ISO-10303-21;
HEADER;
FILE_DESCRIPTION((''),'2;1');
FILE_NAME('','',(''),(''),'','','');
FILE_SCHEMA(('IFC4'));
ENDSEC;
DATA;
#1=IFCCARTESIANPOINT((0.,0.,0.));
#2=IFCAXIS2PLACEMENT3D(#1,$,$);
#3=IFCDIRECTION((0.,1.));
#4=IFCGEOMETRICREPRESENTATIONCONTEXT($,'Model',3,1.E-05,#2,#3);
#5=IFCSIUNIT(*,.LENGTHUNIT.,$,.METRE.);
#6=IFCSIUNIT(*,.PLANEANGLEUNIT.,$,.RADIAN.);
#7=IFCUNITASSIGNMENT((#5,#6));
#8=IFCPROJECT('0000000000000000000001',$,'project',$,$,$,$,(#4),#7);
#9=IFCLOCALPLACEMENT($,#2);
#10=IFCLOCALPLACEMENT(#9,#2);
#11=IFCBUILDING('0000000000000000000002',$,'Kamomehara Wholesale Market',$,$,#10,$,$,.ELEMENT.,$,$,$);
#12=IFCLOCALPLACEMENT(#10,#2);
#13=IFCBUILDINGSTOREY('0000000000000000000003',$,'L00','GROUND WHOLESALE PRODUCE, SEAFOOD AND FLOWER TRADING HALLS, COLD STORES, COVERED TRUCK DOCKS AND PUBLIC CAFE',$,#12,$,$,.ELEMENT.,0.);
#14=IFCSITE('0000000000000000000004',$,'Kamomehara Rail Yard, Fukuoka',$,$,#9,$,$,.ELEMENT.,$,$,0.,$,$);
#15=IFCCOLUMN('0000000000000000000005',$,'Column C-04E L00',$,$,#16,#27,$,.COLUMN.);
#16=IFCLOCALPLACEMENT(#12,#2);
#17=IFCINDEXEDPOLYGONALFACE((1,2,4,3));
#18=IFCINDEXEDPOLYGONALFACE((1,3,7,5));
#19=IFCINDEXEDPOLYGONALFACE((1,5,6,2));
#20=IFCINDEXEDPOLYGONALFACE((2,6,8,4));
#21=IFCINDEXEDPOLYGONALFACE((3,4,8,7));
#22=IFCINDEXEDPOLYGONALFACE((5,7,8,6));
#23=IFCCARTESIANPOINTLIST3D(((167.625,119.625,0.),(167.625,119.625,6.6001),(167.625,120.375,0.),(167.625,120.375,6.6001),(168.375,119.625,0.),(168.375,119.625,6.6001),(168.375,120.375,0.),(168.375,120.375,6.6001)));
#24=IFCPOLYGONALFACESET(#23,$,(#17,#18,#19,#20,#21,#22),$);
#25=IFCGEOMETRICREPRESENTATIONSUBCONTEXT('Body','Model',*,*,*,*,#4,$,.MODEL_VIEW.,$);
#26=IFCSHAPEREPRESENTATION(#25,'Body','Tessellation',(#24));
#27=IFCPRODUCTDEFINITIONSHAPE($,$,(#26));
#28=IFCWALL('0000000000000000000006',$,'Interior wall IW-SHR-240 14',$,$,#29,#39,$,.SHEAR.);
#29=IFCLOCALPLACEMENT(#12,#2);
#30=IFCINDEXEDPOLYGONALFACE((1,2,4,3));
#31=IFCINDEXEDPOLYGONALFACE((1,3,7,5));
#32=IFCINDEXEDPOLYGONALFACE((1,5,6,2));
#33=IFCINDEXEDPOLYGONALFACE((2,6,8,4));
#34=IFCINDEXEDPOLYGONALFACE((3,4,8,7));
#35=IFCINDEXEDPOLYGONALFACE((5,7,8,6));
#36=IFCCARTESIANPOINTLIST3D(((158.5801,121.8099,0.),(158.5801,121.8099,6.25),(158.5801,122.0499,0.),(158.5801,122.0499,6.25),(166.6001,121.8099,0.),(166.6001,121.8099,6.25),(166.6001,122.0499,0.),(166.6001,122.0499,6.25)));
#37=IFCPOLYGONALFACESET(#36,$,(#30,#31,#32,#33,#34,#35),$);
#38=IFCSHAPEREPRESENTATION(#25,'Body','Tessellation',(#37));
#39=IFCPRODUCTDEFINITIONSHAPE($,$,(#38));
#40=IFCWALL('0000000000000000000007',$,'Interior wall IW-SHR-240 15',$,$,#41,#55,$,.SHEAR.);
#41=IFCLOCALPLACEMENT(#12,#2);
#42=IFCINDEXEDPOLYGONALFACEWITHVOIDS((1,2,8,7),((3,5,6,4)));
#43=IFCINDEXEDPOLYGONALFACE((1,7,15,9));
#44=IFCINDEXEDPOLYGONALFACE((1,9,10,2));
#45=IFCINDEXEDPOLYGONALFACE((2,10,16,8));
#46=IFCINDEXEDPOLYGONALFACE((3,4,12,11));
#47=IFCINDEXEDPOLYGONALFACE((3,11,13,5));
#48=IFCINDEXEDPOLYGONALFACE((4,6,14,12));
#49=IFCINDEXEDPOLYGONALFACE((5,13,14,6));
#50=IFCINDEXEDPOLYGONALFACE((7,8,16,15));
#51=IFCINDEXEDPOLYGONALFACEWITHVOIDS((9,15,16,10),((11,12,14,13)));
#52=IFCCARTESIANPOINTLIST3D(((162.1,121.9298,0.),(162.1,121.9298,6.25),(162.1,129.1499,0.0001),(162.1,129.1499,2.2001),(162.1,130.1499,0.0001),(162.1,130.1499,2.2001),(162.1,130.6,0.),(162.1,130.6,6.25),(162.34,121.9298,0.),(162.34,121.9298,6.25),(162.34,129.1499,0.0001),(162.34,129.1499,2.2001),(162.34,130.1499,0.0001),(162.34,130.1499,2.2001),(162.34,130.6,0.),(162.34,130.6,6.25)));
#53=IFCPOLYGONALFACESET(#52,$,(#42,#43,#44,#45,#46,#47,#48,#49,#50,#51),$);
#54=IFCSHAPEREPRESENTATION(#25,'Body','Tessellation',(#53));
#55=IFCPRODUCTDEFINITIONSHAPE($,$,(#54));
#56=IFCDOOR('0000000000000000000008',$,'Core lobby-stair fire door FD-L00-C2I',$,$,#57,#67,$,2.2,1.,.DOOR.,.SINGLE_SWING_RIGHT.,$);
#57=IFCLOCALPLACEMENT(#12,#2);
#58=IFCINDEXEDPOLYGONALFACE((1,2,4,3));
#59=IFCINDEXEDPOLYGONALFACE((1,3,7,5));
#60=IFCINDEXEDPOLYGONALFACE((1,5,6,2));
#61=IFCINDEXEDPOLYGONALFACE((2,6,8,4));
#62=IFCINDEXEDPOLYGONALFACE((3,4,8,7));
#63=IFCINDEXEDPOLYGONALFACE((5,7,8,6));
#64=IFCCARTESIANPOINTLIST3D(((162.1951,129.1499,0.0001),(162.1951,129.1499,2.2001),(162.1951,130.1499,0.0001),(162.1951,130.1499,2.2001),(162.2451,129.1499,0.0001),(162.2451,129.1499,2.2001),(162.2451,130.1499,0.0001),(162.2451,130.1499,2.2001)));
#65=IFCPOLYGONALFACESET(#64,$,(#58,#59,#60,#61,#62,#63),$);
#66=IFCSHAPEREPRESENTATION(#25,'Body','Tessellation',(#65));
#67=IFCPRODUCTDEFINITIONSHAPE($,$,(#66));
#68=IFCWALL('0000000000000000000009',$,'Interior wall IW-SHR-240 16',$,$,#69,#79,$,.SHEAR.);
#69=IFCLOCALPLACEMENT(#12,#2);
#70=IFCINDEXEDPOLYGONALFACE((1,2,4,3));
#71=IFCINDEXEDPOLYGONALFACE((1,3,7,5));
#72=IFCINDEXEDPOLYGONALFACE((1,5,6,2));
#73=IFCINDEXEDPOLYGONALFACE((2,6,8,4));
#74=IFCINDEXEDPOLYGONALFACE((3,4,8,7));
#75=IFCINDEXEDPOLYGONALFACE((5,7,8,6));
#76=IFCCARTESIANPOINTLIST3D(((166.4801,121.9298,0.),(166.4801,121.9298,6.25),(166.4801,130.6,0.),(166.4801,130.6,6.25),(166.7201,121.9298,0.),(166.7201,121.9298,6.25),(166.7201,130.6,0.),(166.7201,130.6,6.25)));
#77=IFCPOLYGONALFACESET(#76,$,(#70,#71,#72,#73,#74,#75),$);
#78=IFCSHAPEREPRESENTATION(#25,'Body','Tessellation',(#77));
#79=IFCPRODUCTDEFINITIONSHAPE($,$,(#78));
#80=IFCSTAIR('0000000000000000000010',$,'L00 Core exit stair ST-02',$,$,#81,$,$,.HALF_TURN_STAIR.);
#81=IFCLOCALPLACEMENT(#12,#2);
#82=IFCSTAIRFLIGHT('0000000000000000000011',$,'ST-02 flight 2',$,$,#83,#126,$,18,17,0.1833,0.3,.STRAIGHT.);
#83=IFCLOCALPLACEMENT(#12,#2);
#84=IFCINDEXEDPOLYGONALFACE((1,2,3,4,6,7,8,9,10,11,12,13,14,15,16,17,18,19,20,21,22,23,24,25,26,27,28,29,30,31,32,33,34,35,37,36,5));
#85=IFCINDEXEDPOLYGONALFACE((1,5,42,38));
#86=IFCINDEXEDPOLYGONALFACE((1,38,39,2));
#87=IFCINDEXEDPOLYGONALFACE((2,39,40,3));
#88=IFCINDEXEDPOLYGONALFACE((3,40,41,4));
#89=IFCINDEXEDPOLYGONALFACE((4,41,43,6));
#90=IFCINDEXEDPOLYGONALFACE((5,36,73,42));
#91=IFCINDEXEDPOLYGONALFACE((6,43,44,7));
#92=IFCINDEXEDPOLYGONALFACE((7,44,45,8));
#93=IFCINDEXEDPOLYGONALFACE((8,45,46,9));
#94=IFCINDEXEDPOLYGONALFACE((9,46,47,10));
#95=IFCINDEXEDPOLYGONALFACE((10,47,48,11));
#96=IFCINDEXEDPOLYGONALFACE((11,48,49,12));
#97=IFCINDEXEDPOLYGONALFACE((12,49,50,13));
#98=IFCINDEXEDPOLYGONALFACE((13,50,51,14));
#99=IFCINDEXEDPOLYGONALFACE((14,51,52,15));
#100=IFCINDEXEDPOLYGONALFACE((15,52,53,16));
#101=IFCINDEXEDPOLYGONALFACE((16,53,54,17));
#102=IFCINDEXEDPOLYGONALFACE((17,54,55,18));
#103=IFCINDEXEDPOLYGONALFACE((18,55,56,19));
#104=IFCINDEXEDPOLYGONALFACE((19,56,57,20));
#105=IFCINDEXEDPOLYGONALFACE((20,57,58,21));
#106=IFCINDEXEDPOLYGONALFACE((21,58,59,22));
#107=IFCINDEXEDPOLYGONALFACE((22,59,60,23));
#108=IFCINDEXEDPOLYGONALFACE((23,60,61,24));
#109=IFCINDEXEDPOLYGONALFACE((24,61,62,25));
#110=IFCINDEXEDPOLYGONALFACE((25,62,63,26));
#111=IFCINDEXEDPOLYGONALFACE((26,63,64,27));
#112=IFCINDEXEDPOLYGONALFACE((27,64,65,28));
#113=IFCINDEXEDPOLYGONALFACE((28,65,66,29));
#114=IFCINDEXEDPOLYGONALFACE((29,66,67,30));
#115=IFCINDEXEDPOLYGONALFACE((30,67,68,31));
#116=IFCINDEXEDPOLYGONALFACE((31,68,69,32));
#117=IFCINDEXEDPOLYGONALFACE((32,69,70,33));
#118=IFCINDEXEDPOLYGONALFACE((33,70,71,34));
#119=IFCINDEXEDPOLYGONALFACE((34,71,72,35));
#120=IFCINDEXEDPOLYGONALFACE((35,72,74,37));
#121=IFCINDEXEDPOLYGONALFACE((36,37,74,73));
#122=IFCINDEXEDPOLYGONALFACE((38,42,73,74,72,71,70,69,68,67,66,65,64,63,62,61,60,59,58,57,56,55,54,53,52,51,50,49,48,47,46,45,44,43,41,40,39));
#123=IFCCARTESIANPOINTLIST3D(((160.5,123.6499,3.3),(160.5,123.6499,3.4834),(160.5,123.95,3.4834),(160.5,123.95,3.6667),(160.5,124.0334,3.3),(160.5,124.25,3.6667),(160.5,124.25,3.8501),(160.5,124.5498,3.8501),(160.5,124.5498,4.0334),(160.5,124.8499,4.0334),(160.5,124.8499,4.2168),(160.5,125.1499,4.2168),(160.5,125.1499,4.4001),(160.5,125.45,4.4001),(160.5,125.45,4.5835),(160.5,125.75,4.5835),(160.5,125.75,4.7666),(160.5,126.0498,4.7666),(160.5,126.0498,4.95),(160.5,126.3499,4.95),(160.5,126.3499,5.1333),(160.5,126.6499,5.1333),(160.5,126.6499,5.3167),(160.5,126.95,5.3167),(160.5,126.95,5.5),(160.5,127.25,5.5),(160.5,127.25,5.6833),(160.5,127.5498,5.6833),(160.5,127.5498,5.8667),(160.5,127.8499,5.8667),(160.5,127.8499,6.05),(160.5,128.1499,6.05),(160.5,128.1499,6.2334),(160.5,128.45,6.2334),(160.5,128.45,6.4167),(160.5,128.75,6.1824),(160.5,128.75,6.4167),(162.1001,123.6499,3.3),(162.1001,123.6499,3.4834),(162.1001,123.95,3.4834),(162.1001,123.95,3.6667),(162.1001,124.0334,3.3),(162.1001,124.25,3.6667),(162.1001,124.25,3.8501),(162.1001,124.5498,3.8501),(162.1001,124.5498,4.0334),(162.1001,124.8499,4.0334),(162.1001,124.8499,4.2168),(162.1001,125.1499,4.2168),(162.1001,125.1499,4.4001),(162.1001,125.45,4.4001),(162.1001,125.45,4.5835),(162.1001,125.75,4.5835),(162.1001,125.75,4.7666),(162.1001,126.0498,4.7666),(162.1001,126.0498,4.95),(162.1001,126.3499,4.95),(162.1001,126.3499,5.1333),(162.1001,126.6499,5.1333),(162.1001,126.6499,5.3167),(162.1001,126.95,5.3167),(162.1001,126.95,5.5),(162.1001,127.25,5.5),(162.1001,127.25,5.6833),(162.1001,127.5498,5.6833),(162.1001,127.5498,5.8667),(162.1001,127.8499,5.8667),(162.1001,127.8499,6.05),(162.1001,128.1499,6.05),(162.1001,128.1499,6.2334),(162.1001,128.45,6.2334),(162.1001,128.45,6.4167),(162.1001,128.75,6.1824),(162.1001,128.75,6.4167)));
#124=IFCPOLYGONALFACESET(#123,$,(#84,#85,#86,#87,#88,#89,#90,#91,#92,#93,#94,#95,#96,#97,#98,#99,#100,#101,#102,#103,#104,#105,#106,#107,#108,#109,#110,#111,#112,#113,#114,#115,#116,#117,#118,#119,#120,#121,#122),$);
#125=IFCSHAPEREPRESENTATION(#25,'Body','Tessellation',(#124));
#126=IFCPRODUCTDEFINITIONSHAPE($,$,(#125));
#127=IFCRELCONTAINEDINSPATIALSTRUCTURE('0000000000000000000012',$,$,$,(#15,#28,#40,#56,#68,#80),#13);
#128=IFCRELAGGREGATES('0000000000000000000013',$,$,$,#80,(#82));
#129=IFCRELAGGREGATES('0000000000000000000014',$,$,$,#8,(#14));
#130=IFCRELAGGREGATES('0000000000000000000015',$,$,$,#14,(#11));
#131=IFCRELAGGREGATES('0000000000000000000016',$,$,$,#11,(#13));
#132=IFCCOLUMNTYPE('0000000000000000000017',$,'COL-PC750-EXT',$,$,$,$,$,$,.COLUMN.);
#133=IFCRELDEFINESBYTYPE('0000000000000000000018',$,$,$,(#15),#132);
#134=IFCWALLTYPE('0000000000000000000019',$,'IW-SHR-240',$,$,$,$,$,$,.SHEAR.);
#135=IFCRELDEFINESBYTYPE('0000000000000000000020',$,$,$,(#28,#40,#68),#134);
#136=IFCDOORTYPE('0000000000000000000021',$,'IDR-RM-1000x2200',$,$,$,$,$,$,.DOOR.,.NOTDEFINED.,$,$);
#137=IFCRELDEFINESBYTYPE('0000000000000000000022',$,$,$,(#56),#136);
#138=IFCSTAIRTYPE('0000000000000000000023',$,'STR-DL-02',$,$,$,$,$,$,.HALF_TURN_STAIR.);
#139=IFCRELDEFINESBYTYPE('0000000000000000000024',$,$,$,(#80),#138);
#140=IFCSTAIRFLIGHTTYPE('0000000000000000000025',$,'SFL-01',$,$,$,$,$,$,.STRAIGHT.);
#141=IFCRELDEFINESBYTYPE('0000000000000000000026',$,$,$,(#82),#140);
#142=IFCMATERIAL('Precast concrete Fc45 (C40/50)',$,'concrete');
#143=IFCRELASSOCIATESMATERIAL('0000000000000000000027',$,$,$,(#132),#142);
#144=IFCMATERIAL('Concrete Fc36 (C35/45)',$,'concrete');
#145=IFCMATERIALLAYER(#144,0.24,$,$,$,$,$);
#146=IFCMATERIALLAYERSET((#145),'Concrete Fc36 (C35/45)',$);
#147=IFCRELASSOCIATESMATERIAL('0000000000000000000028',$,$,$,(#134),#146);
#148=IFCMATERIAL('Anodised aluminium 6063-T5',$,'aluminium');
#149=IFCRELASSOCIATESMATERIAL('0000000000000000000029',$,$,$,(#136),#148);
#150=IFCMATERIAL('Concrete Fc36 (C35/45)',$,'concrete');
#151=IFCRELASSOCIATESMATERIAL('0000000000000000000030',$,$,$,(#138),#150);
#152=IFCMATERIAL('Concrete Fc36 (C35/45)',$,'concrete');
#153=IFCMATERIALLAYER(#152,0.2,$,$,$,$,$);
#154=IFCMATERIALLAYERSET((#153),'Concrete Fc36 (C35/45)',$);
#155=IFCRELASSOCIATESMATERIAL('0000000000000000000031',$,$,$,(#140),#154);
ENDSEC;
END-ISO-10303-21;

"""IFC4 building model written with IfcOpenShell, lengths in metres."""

from ifc_helpers import new_model, si_unit, direction, frame, frame_2d, origin, origin_2d, place, context, subcontext, project, spatial, polyline, rectangle, outline, extrude, material, layer, layer_set, material_profile, profile_set, type_object, element, fill, aggregate, save


model = new_model("IFC4")

# Units and contexts
model_context = context("Model", 3, precision=1e-05, world=origin(), true_north=direction((0.0, 1.0)))
body_context = subcontext(model_context, "Body", "Model", "MODEL_VIEW")
ifc_project = project(units=[si_unit("LENGTHUNIT", "METRE"), si_unit("PLANEANGLEUNIT", "RADIAN")], contexts=[model_context])

# Site, building, storey
site_placement = place(None, origin())
site = spatial("IfcSite", under=ifc_project, at=site_placement, Name="Kamomehara Rail Yard, Fukuoka", CompositionType="ELEMENT", RefElevation=0.0)
building_placement = place(site_placement, origin())
building = spatial("IfcBuilding", under=site, at=building_placement, Name="Kamomehara Wholesale Market", CompositionType="ELEMENT")
storey_placement = place(building_placement, origin())
storey = spatial("IfcBuildingStorey", under=building, at=storey_placement, Name="L00", Description="GROUND WHOLESALE PRODUCE, SEAFOOD AND FLOWER TRADING HALLS, COLD STORES, COVERED TRUCK DOCKS AND PUBLIC CAFE", CompositionType="ELEMENT", Elevation=0.0)

# Column
ifc_material_1 = material(Name="Precast concrete Fc45 (C40/50)", Category="concrete")
ifc_material_profile_1 = material_profile(ifc_material_1, rectangle(XDim=0.75, YDim=0.75, at=origin_2d()), Name="PC-COL-750x750")
ifc_profile_set_1 = profile_set([ifc_material_profile_1], Name="Precast concrete Fc45 (C40/50)")
column_type = type_object("IfcColumnType", Name="COL-PC750-EXT", PredefinedType="COLUMN", material=ifc_profile_set_1)
column_placement = place(storey_placement, frame((168.0, 120.0, 0.0), z_axis=(0.0, 0.0, 1.0), x_axis=(1.0, 0.0, 0.0)))
element("IfcColumn", 1, at=column_placement, inside=storey, type_object=column_type, Name="Column C-04E L00", PredefinedType="COLUMN", context=body_context, shape_type="SweptSolid", body=[
    extrude(rectangle(XDim=0.75, YDim=0.75, at=origin_2d()), origin(), (0.0, 0.0, 1.0), 6.6001),
])

# Wall
ifc_material_2 = material(Name="Concrete Fc36 (C35/45)", Category="concrete")
ifc_layer_1 = layer(ifc_material_2, 0.24)
ifc_layer_set_1 = layer_set([ifc_layer_1], Name="Concrete Fc36 (C35/45)")
wall_type = type_object("IfcWallType", Name="IW-SHR-240", PredefinedType="SHEAR", material=ifc_layer_set_1)
wall_1_placement = place(storey_placement, frame((158.5801, 121.9299, 0.0), z_axis=(0.0, 0.0, 1.0), x_axis=(1.0, 0.0, 0.0)))
element("IfcWall", 2, at=wall_1_placement, inside=storey, type_object=wall_type, Name="Interior wall IW-SHR-240 14", PredefinedType="SHEAR", context=body_context, shape_type="SweptSolid", body=[
    extrude(rectangle(XDim=8.02, YDim=0.24, at=frame_2d((4.01, 0.0))), origin(), (0.0, 0.0, 1.0), 6.25),
])

# Wall, opening, door
wall_2_placement = place(storey_placement, frame((162.22, 121.9299, 0.0), z_axis=(0.0, 0.0, 1.0), x_axis=(0.0, 1.0, 0.0)))
wall_2 = element("IfcWall", 3, at=wall_2_placement, inside=storey, type_object=wall_type, Name="Interior wall IW-SHR-240 15", PredefinedType="SHEAR", context=body_context, shape_type="SweptSolid", body=[
    extrude(rectangle(XDim=8.6702, YDim=0.24, at=frame_2d((4.335, 0.0))), origin(), (0.0, 0.0, 1.0), 6.25),
])
opening_placement = place(wall_2_placement, frame((7.22, 0.0, 0.0)))
opening = element("IfcOpeningElement", 4, at=opening_placement, cuts=wall_2, PredefinedType="OPENING", context=body_context, shape_type="SweptSolid", body=[
    extrude(rectangle(XDim=1.0, YDim=2.2, at=frame_2d((0.5, 1.1001))), frame((0.0, 0.1348, 0.0), z_axis=(0.0, -1.0, 0.0), x_axis=(1.0, 0.0, 0.0)), (0.0, 0.0, 1.0), 0.2698),
])
ifc_material_3 = material(Name="Anodised aluminium 6063-T5", Category="aluminium")
door_type = type_object("IfcDoorType", Name="IDR-RM-1000x2200", OperationType="NOTDEFINED", PredefinedType="DOOR", material=ifc_material_3)
door_placement = place(opening_placement, origin())
door = element("IfcDoor", 5, at=door_placement, inside=storey, type_object=door_type, Name="Core lobby-stair fire door FD-L00-C2I", OperationType="SINGLE_SWING_RIGHT", OverallHeight=2.2, OverallWidth=1.0, PredefinedType="DOOR", context=body_context, shape_type="SweptSolid", body=[
    extrude(rectangle(XDim=1.0, YDim=2.2, at=frame_2d((0.5, 1.1001))), frame((0.0, 0.0249, 0.0), z_axis=(0.0, -1.0, 0.0), x_axis=(1.0, 0.0, 0.0)), (0.0, 0.0, 1.0), 0.05),
])
fill(opening, door)

# Wall
wall_3_placement = place(storey_placement, frame((166.6001, 121.9299, 0.0), z_axis=(0.0, 0.0, 1.0), x_axis=(0.0, 1.0, 0.0)))
element("IfcWall", 6, at=wall_3_placement, inside=storey, type_object=wall_type, Name="Interior wall IW-SHR-240 16", PredefinedType="SHEAR", context=body_context, shape_type="SweptSolid", body=[
    extrude(rectangle(XDim=8.6702, YDim=0.24, at=frame_2d((4.335, 0.0))), origin(), (0.0, 0.0, 1.0), 6.25),
])

# Stair, stair flight
ifc_material_4 = material(Name="Concrete Fc36 (C35/45)", Category="concrete")
stair_type = type_object("IfcStairType", Name="STR-DL-02", PredefinedType="HALF_TURN_STAIR", material=ifc_material_4)
stair_placement = place(storey_placement, origin())
stair = element("IfcStair", 7, at=stair_placement, inside=storey, type_object=stair_type, Name="L00 Core exit stair ST-02", PredefinedType="HALF_TURN_STAIR")
ifc_material_5 = material(Name="Concrete Fc36 (C35/45)", Category="concrete")
ifc_layer_2 = layer(ifc_material_5, 0.2)
ifc_layer_set_2 = layer_set([ifc_layer_2], Name="Concrete Fc36 (C35/45)")
stair_flight_type = type_object("IfcStairFlightType", Name="SFL-01", PredefinedType="STRAIGHT", material=ifc_layer_set_2)
stair_flight_placement = place(storey_placement, frame((161.3, 123.6499, 3.3), z_axis=(0.0, 0.0, 1.0), x_axis=(0.0, 1.0, 0.0)))
stair_flight = element("IfcStairFlight", 8, at=stair_flight_placement, type_object=stair_flight_type, Name="ST-02 flight 2", NumberOfRisers=18, NumberOfTreads=17, PredefinedType="STRAIGHT", RiserHeight=0.1833, TreadLength=0.3, context=body_context, shape_type="SweptSolid", body=[
    extrude(outline(polyline([(0.0, 0.0), (0.0, 0.1833), (0.3, 0.1833), (0.3, 0.3667), (0.6001, 0.3667), (0.6001, 0.55), (0.8999, 0.55), (0.8999, 0.7334), (1.2, 0.7334), (1.2, 0.9167), (1.5, 0.9167), (1.5, 1.1001), (1.8, 1.1001), (1.8, 1.2834), (2.1001, 1.2834), (2.1001, 1.4666), (2.3999, 1.4666), (2.3999, 1.6499), (2.7, 1.6499), (2.7, 1.8333), (3.0, 1.8333), (3.0, 2.0166), (3.3, 2.0166), (3.3, 2.2), (3.6001, 2.2), (3.6001, 2.3833), (3.8999, 2.3833), (3.8999, 2.5667), (4.2, 2.5667), (4.2, 2.75), (4.5, 2.75), (4.5, 2.9333), (4.8, 2.9333), (4.8, 3.1167), (5.1001, 3.1167), (5.1001, 3.3), (5.1001, 2.8823), (0.3835, 0.0), (0.0, 0.0)])), frame((0.0, 0.8, 0.0), z_axis=(0.0, -1.0, 0.0), x_axis=(1.0, 0.0, 0.0)), (0.0, 0.0, 1.0), 1.6001),
])
aggregate(stair, [stair_flight])

save(model, "model.ifc")
